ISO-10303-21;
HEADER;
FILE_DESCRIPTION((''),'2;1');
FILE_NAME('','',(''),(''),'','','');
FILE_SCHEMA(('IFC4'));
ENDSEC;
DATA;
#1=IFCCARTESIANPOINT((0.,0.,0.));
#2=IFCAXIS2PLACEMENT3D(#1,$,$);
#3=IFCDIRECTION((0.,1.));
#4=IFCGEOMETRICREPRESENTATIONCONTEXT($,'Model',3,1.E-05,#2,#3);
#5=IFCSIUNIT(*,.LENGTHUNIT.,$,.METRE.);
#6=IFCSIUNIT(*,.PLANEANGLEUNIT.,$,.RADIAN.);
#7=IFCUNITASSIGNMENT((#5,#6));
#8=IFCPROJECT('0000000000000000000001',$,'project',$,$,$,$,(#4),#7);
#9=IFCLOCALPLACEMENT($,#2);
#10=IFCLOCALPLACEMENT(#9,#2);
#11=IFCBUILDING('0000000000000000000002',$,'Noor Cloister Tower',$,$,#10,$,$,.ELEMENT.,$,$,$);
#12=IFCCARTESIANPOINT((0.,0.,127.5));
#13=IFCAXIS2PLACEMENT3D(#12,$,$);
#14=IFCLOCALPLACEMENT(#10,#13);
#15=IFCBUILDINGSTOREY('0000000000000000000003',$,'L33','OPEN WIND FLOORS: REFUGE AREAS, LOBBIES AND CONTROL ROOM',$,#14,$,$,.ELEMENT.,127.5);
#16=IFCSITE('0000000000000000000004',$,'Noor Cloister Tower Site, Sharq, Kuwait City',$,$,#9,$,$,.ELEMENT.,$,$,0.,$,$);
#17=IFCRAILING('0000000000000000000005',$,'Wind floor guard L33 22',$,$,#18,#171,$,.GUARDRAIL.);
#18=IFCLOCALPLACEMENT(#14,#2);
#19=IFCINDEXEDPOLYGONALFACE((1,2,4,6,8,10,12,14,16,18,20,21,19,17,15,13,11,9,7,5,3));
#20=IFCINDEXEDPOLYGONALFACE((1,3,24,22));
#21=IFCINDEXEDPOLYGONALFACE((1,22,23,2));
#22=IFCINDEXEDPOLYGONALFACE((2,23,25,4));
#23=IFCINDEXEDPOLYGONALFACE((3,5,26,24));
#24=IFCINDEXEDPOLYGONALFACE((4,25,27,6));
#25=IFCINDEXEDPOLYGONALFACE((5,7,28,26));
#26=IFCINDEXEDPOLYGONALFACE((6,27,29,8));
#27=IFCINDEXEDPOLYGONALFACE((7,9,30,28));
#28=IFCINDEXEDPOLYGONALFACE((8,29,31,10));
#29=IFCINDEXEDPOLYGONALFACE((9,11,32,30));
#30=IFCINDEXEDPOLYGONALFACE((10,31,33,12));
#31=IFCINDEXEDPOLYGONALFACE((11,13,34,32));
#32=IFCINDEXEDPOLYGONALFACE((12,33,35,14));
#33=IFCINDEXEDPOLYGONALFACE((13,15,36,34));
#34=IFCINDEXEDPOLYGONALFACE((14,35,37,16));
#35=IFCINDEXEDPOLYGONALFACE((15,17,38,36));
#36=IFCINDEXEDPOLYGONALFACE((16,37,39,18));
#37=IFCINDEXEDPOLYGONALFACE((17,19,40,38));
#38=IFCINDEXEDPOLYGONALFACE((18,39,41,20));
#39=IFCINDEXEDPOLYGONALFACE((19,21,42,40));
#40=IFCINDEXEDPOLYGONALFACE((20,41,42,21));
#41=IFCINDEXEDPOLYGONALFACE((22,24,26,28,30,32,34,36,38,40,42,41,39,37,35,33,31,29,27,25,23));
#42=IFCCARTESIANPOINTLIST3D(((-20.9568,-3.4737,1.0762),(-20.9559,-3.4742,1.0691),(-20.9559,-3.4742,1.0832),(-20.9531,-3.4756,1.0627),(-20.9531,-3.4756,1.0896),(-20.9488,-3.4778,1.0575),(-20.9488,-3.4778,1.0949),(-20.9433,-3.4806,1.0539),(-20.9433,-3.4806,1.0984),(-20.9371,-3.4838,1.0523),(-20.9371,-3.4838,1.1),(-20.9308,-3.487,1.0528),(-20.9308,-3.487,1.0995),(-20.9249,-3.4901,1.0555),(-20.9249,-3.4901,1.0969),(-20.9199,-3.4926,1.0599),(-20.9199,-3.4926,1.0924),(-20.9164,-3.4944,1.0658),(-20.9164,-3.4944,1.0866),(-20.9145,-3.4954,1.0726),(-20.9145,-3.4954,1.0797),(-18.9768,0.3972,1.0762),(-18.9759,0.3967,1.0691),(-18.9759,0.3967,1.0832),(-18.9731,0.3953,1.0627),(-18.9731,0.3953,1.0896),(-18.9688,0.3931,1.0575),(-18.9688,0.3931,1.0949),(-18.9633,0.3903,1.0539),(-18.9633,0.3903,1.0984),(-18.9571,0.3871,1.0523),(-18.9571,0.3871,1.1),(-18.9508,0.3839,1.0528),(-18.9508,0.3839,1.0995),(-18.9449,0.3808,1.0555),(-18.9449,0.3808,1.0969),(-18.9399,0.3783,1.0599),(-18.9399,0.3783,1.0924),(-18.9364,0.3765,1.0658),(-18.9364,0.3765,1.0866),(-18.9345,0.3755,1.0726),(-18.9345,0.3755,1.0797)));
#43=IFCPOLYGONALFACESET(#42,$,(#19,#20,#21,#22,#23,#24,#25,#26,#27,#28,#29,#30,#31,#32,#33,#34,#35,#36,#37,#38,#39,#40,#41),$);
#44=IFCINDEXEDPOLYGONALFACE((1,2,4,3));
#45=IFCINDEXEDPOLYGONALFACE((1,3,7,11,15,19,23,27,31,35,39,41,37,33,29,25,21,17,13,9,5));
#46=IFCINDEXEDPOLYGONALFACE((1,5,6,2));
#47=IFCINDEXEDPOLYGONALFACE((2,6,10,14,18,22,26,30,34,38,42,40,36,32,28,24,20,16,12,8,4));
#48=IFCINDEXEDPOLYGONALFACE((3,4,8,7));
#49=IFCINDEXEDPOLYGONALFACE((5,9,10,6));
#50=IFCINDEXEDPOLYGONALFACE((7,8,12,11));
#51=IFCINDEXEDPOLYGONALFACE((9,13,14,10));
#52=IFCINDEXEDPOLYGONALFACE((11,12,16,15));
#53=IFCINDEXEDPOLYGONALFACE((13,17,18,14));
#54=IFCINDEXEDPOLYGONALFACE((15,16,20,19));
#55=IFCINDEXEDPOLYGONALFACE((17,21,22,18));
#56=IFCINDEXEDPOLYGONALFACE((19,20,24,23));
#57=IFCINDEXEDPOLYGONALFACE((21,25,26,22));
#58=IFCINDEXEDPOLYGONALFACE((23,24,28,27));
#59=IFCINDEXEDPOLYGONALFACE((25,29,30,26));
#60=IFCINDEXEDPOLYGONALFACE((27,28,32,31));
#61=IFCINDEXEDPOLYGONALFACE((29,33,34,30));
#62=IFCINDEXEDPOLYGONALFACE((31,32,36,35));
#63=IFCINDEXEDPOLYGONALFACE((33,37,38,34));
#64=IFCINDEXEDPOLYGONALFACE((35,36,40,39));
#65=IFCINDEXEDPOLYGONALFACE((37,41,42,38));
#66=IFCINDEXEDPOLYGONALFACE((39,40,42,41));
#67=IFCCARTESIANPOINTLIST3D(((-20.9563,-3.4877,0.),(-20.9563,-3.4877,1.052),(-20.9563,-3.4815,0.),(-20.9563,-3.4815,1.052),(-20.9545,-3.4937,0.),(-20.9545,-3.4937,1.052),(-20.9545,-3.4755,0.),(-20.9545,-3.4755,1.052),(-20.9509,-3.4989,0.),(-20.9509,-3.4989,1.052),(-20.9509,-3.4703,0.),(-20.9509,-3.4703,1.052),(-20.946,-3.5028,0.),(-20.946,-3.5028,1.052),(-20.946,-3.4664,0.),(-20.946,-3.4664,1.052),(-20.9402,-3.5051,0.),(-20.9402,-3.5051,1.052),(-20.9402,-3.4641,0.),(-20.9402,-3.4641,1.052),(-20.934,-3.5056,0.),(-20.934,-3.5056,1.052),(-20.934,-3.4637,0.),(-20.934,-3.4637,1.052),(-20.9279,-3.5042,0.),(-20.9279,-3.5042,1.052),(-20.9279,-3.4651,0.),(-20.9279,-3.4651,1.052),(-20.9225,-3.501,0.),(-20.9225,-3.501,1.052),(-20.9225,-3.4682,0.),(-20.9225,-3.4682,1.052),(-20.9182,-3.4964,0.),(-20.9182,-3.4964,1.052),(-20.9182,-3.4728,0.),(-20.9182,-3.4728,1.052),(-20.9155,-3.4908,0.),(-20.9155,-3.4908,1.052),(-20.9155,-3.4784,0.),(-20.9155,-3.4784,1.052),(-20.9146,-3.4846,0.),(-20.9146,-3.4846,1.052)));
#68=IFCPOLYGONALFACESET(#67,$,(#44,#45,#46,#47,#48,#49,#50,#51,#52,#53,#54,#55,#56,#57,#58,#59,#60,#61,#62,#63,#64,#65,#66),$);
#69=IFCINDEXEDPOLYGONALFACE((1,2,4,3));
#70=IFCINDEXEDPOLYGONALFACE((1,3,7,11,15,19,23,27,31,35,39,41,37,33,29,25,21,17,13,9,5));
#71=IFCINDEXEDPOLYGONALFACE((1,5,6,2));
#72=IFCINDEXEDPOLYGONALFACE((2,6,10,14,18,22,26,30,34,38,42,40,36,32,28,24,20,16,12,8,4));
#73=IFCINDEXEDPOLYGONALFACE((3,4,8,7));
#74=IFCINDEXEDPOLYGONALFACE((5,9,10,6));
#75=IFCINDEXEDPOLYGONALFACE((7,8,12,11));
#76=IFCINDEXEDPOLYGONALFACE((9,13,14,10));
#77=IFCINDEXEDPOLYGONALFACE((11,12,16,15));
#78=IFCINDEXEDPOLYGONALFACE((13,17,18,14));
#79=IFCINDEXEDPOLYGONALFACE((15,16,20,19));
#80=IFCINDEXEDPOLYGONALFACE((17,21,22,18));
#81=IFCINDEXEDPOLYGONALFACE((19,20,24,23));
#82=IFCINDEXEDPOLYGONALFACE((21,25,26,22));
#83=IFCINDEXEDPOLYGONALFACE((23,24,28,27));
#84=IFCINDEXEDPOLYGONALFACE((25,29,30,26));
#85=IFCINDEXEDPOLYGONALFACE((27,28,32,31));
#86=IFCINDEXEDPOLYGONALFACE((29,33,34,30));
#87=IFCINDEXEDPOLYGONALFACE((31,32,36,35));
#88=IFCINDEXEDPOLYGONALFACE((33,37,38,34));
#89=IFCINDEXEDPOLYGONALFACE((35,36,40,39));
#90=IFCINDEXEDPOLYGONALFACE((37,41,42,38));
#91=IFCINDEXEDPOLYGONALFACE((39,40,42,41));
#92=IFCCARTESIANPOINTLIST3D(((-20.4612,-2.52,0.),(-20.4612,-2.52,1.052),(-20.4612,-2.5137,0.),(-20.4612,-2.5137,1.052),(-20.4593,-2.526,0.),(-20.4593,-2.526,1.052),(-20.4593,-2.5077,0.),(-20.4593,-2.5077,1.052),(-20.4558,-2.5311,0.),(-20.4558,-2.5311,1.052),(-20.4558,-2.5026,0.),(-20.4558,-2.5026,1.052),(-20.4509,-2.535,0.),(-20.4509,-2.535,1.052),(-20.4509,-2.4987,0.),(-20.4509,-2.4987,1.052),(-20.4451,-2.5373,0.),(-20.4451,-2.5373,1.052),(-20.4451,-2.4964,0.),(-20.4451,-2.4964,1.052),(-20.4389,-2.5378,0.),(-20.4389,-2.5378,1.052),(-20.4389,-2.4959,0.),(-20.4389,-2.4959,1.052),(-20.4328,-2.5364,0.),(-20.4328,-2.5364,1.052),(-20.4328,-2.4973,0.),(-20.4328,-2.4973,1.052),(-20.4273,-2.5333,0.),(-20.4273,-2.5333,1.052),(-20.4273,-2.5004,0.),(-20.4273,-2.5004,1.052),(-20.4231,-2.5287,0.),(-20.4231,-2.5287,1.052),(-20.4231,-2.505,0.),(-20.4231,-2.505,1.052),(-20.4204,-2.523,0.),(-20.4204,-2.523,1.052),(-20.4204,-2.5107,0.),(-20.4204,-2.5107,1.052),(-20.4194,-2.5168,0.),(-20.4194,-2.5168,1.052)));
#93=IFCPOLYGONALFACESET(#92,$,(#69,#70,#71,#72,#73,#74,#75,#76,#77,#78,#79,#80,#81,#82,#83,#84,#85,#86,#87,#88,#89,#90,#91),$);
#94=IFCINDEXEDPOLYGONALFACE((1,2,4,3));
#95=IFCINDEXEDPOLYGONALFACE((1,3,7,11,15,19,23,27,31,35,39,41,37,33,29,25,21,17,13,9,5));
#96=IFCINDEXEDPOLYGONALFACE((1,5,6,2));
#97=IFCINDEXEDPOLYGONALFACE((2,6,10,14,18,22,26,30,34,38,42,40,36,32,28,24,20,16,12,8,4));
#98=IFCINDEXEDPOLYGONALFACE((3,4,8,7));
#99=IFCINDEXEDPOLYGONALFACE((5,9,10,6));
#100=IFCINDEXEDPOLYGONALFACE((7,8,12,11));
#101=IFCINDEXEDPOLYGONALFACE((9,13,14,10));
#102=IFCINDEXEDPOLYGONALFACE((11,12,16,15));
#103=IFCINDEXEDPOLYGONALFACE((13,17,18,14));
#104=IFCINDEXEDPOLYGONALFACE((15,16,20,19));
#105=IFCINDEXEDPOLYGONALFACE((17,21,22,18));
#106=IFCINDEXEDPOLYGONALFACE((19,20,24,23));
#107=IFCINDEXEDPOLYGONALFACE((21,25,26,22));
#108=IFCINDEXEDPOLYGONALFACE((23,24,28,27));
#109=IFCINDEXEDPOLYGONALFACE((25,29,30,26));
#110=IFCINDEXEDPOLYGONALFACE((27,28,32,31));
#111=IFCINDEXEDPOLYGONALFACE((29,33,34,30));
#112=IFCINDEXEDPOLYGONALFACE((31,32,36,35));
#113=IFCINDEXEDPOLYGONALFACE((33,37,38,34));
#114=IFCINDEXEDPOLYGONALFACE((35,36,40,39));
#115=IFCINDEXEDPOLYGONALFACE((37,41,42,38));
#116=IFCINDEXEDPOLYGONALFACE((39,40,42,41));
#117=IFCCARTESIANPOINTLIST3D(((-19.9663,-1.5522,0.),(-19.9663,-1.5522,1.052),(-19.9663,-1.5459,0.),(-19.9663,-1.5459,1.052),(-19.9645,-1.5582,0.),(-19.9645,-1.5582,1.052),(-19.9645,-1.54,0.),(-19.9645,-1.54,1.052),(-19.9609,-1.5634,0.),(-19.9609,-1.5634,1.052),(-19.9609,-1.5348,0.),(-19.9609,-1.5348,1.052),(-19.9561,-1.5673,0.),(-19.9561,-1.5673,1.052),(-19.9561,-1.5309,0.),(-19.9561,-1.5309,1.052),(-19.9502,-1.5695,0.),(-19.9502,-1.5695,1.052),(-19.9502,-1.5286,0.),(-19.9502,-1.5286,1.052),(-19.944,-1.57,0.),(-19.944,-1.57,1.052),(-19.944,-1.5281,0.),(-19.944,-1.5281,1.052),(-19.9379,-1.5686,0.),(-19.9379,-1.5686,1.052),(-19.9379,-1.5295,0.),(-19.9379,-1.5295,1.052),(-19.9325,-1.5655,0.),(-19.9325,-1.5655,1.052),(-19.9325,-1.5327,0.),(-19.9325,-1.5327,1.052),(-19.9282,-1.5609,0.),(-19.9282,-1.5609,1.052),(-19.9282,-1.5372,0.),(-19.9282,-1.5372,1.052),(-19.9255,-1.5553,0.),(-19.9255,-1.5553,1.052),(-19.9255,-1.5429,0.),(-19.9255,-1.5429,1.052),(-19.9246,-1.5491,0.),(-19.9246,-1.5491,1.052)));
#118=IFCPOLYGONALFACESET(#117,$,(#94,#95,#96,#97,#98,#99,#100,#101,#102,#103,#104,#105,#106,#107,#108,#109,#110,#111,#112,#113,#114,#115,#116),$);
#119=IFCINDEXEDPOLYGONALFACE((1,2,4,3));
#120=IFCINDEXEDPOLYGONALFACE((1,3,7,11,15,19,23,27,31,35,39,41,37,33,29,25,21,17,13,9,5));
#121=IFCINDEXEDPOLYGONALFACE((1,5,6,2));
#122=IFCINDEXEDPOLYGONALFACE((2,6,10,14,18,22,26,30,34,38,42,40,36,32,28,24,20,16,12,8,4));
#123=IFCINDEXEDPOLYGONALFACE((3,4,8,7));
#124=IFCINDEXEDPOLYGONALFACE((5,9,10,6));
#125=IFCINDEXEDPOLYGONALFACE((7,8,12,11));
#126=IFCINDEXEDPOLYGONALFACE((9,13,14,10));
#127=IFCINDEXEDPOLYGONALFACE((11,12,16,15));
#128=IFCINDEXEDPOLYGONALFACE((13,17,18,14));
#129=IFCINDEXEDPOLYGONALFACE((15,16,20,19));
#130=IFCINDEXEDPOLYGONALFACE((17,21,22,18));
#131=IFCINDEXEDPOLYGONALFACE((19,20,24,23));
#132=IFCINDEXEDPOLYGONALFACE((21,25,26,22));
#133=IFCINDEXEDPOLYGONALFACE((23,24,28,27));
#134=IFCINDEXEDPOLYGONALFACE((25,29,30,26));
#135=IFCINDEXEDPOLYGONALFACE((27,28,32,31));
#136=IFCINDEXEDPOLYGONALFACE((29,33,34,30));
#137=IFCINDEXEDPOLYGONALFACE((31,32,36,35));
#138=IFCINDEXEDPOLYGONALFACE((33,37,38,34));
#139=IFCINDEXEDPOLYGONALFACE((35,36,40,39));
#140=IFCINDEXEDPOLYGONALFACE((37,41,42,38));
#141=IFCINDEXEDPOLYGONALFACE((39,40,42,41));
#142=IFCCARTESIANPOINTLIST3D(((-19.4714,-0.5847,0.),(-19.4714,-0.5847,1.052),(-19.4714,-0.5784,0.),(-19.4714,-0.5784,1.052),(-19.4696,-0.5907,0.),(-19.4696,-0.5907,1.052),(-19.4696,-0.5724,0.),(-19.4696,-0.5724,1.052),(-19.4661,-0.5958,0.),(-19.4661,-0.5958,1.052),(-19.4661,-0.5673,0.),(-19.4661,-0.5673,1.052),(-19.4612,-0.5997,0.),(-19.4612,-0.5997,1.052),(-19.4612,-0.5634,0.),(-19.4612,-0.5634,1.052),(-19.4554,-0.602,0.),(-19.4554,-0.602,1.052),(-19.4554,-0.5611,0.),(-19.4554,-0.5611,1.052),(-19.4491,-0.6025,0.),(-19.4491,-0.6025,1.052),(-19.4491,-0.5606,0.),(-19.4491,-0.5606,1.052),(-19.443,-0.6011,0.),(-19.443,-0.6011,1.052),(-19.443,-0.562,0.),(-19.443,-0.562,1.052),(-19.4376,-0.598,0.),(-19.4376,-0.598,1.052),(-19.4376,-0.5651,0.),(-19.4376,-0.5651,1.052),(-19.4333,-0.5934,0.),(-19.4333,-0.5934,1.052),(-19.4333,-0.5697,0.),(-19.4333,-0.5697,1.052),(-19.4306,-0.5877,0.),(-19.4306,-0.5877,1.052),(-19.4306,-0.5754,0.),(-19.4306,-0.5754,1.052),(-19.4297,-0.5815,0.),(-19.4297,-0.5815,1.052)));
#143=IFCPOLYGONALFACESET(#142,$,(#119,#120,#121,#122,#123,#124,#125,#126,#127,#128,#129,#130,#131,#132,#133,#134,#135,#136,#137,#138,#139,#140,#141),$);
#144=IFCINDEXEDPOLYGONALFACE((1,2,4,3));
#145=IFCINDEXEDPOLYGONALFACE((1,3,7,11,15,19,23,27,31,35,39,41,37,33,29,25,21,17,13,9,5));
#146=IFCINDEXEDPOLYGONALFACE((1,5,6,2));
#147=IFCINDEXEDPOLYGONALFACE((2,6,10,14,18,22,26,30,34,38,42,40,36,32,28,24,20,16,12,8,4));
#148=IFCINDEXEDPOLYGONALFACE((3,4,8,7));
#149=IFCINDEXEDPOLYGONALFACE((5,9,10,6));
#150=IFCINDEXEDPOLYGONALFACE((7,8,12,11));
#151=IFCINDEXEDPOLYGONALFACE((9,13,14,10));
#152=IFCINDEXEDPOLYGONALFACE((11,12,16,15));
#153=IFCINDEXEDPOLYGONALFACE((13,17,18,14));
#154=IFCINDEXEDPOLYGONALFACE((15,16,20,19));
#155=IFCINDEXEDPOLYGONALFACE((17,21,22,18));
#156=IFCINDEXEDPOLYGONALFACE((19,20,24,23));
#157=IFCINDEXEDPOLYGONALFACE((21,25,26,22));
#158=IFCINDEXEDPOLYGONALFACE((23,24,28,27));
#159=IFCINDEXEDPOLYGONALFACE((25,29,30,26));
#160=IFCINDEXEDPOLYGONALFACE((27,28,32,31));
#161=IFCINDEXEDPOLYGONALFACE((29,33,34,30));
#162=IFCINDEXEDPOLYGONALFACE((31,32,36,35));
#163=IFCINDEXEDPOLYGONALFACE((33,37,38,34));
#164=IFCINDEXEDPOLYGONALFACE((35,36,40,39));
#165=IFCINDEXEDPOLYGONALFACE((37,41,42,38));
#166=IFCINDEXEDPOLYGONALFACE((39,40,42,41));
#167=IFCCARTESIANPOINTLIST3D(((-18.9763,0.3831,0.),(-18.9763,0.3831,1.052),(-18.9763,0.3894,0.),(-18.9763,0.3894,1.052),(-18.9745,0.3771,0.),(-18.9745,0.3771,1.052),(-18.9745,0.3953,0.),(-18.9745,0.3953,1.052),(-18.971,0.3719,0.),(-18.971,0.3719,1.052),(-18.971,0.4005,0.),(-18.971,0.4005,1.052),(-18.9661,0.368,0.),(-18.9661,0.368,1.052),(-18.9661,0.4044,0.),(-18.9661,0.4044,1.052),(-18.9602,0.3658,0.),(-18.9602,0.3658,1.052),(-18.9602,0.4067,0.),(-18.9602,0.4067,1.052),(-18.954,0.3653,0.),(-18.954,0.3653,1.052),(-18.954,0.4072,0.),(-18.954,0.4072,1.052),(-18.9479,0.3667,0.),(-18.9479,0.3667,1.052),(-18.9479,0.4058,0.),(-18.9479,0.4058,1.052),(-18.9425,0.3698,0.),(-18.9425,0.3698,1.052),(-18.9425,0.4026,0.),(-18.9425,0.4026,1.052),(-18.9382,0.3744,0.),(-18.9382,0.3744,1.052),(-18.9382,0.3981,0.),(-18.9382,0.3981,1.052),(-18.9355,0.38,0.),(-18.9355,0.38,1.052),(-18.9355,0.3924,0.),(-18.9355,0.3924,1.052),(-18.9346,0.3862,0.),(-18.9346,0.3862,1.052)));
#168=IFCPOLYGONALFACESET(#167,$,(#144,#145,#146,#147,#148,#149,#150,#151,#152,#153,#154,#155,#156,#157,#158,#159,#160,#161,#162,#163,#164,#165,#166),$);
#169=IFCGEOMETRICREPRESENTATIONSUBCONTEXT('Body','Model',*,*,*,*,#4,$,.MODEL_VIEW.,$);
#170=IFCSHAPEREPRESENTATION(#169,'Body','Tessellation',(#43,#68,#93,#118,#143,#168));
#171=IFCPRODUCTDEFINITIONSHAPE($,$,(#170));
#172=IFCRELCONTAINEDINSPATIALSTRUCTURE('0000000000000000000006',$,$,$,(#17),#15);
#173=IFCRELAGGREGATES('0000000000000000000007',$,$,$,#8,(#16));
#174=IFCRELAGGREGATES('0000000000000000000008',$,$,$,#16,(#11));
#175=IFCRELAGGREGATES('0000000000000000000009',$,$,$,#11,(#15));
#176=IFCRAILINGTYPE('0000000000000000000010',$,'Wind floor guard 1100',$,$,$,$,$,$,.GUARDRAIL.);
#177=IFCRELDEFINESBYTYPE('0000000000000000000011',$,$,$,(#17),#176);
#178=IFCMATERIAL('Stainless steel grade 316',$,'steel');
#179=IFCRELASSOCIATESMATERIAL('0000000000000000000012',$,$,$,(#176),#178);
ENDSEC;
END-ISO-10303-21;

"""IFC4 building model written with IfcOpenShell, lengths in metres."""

from ifc_helpers import new_model, si_unit, direction, frame, origin, origin_2d, place, context, subcontext, project, spatial, circle, extrude, material, type_object, element, save


model = new_model("IFC4")

# Units and contexts
model_context = context("Model", 3, precision=1e-05, world=origin(), true_north=direction((0.0, 1.0)))
body_context = subcontext(model_context, "Body", "Model", "MODEL_VIEW")
ifc_project = project(units=[si_unit("LENGTHUNIT", "METRE"), si_unit("PLANEANGLEUNIT", "RADIAN")], contexts=[model_context])

# Site, building, storey
site_placement = place(None, origin())
site = spatial("IfcSite", under=ifc_project, at=site_placement, Name="Noor Cloister Tower Site, Sharq, Kuwait City", CompositionType="ELEMENT", RefElevation=0.0)
building_placement = place(site_placement, origin())
building = spatial("IfcBuilding", under=site, at=building_placement, Name="Noor Cloister Tower", CompositionType="ELEMENT")
storey_placement = place(building_placement, frame((0.0, 0.0, 127.5)))
storey = spatial("IfcBuildingStorey", under=building, at=storey_placement, Name="L33", Description="OPEN WIND FLOORS: REFUGE AREAS, LOBBIES AND CONTROL ROOM", CompositionType="ELEMENT", Elevation=127.5)

# Railing
ifc_material_1 = material(Name="Stainless steel grade 316", Category="steel")
railing_type_1 = type_object("IfcRailingType", Name="Wind floor guard 1100", PredefinedType="GUARDRAIL", material=ifc_material_1)
railing_1_placement = place(storey_placement, frame((-20.9355, -3.4846, 0.0)))
element("IfcRailing", 1, at=railing_1_placement, inside=storey, type_object=railing_type_1, Name="Wind floor guard L33 22", PredefinedType="GUARDRAIL", context=body_context, shape_type="SweptSolid", body=[
    extrude(circle(Radius=0.0239, at=origin_2d()), frame((0.0, 0.0, 1.0762), z_axis=(0.455393, 0.890291, 0.0), x_axis=(-0.890291, 0.455393, 0.0)), (0.0, 0.0, 1.0), 4.3479),
    extrude(circle(Radius=0.021, at=origin_2d()), origin(), (0.0, 0.0, 1.0), 1.052),
    extrude(circle(Radius=0.021, at=origin_2d()), frame((0.4951, 0.9678, 0.0)), (0.0, 0.0, 1.0), 1.052),
    extrude(circle(Radius=0.021, at=origin_2d()), frame((0.99, 1.9355, 0.0)), (0.0, 0.0, 1.0), 1.052),
    extrude(circle(Radius=0.021, at=origin_2d()), frame((1.4849, 2.9031, 0.0)), (0.0, 0.0, 1.0), 1.052),
    extrude(circle(Radius=0.021, at=origin_2d()), frame((1.98, 3.8708, 0.0)), (0.0, 0.0, 1.0), 1.052),
])

save(model, "model.ifc")
